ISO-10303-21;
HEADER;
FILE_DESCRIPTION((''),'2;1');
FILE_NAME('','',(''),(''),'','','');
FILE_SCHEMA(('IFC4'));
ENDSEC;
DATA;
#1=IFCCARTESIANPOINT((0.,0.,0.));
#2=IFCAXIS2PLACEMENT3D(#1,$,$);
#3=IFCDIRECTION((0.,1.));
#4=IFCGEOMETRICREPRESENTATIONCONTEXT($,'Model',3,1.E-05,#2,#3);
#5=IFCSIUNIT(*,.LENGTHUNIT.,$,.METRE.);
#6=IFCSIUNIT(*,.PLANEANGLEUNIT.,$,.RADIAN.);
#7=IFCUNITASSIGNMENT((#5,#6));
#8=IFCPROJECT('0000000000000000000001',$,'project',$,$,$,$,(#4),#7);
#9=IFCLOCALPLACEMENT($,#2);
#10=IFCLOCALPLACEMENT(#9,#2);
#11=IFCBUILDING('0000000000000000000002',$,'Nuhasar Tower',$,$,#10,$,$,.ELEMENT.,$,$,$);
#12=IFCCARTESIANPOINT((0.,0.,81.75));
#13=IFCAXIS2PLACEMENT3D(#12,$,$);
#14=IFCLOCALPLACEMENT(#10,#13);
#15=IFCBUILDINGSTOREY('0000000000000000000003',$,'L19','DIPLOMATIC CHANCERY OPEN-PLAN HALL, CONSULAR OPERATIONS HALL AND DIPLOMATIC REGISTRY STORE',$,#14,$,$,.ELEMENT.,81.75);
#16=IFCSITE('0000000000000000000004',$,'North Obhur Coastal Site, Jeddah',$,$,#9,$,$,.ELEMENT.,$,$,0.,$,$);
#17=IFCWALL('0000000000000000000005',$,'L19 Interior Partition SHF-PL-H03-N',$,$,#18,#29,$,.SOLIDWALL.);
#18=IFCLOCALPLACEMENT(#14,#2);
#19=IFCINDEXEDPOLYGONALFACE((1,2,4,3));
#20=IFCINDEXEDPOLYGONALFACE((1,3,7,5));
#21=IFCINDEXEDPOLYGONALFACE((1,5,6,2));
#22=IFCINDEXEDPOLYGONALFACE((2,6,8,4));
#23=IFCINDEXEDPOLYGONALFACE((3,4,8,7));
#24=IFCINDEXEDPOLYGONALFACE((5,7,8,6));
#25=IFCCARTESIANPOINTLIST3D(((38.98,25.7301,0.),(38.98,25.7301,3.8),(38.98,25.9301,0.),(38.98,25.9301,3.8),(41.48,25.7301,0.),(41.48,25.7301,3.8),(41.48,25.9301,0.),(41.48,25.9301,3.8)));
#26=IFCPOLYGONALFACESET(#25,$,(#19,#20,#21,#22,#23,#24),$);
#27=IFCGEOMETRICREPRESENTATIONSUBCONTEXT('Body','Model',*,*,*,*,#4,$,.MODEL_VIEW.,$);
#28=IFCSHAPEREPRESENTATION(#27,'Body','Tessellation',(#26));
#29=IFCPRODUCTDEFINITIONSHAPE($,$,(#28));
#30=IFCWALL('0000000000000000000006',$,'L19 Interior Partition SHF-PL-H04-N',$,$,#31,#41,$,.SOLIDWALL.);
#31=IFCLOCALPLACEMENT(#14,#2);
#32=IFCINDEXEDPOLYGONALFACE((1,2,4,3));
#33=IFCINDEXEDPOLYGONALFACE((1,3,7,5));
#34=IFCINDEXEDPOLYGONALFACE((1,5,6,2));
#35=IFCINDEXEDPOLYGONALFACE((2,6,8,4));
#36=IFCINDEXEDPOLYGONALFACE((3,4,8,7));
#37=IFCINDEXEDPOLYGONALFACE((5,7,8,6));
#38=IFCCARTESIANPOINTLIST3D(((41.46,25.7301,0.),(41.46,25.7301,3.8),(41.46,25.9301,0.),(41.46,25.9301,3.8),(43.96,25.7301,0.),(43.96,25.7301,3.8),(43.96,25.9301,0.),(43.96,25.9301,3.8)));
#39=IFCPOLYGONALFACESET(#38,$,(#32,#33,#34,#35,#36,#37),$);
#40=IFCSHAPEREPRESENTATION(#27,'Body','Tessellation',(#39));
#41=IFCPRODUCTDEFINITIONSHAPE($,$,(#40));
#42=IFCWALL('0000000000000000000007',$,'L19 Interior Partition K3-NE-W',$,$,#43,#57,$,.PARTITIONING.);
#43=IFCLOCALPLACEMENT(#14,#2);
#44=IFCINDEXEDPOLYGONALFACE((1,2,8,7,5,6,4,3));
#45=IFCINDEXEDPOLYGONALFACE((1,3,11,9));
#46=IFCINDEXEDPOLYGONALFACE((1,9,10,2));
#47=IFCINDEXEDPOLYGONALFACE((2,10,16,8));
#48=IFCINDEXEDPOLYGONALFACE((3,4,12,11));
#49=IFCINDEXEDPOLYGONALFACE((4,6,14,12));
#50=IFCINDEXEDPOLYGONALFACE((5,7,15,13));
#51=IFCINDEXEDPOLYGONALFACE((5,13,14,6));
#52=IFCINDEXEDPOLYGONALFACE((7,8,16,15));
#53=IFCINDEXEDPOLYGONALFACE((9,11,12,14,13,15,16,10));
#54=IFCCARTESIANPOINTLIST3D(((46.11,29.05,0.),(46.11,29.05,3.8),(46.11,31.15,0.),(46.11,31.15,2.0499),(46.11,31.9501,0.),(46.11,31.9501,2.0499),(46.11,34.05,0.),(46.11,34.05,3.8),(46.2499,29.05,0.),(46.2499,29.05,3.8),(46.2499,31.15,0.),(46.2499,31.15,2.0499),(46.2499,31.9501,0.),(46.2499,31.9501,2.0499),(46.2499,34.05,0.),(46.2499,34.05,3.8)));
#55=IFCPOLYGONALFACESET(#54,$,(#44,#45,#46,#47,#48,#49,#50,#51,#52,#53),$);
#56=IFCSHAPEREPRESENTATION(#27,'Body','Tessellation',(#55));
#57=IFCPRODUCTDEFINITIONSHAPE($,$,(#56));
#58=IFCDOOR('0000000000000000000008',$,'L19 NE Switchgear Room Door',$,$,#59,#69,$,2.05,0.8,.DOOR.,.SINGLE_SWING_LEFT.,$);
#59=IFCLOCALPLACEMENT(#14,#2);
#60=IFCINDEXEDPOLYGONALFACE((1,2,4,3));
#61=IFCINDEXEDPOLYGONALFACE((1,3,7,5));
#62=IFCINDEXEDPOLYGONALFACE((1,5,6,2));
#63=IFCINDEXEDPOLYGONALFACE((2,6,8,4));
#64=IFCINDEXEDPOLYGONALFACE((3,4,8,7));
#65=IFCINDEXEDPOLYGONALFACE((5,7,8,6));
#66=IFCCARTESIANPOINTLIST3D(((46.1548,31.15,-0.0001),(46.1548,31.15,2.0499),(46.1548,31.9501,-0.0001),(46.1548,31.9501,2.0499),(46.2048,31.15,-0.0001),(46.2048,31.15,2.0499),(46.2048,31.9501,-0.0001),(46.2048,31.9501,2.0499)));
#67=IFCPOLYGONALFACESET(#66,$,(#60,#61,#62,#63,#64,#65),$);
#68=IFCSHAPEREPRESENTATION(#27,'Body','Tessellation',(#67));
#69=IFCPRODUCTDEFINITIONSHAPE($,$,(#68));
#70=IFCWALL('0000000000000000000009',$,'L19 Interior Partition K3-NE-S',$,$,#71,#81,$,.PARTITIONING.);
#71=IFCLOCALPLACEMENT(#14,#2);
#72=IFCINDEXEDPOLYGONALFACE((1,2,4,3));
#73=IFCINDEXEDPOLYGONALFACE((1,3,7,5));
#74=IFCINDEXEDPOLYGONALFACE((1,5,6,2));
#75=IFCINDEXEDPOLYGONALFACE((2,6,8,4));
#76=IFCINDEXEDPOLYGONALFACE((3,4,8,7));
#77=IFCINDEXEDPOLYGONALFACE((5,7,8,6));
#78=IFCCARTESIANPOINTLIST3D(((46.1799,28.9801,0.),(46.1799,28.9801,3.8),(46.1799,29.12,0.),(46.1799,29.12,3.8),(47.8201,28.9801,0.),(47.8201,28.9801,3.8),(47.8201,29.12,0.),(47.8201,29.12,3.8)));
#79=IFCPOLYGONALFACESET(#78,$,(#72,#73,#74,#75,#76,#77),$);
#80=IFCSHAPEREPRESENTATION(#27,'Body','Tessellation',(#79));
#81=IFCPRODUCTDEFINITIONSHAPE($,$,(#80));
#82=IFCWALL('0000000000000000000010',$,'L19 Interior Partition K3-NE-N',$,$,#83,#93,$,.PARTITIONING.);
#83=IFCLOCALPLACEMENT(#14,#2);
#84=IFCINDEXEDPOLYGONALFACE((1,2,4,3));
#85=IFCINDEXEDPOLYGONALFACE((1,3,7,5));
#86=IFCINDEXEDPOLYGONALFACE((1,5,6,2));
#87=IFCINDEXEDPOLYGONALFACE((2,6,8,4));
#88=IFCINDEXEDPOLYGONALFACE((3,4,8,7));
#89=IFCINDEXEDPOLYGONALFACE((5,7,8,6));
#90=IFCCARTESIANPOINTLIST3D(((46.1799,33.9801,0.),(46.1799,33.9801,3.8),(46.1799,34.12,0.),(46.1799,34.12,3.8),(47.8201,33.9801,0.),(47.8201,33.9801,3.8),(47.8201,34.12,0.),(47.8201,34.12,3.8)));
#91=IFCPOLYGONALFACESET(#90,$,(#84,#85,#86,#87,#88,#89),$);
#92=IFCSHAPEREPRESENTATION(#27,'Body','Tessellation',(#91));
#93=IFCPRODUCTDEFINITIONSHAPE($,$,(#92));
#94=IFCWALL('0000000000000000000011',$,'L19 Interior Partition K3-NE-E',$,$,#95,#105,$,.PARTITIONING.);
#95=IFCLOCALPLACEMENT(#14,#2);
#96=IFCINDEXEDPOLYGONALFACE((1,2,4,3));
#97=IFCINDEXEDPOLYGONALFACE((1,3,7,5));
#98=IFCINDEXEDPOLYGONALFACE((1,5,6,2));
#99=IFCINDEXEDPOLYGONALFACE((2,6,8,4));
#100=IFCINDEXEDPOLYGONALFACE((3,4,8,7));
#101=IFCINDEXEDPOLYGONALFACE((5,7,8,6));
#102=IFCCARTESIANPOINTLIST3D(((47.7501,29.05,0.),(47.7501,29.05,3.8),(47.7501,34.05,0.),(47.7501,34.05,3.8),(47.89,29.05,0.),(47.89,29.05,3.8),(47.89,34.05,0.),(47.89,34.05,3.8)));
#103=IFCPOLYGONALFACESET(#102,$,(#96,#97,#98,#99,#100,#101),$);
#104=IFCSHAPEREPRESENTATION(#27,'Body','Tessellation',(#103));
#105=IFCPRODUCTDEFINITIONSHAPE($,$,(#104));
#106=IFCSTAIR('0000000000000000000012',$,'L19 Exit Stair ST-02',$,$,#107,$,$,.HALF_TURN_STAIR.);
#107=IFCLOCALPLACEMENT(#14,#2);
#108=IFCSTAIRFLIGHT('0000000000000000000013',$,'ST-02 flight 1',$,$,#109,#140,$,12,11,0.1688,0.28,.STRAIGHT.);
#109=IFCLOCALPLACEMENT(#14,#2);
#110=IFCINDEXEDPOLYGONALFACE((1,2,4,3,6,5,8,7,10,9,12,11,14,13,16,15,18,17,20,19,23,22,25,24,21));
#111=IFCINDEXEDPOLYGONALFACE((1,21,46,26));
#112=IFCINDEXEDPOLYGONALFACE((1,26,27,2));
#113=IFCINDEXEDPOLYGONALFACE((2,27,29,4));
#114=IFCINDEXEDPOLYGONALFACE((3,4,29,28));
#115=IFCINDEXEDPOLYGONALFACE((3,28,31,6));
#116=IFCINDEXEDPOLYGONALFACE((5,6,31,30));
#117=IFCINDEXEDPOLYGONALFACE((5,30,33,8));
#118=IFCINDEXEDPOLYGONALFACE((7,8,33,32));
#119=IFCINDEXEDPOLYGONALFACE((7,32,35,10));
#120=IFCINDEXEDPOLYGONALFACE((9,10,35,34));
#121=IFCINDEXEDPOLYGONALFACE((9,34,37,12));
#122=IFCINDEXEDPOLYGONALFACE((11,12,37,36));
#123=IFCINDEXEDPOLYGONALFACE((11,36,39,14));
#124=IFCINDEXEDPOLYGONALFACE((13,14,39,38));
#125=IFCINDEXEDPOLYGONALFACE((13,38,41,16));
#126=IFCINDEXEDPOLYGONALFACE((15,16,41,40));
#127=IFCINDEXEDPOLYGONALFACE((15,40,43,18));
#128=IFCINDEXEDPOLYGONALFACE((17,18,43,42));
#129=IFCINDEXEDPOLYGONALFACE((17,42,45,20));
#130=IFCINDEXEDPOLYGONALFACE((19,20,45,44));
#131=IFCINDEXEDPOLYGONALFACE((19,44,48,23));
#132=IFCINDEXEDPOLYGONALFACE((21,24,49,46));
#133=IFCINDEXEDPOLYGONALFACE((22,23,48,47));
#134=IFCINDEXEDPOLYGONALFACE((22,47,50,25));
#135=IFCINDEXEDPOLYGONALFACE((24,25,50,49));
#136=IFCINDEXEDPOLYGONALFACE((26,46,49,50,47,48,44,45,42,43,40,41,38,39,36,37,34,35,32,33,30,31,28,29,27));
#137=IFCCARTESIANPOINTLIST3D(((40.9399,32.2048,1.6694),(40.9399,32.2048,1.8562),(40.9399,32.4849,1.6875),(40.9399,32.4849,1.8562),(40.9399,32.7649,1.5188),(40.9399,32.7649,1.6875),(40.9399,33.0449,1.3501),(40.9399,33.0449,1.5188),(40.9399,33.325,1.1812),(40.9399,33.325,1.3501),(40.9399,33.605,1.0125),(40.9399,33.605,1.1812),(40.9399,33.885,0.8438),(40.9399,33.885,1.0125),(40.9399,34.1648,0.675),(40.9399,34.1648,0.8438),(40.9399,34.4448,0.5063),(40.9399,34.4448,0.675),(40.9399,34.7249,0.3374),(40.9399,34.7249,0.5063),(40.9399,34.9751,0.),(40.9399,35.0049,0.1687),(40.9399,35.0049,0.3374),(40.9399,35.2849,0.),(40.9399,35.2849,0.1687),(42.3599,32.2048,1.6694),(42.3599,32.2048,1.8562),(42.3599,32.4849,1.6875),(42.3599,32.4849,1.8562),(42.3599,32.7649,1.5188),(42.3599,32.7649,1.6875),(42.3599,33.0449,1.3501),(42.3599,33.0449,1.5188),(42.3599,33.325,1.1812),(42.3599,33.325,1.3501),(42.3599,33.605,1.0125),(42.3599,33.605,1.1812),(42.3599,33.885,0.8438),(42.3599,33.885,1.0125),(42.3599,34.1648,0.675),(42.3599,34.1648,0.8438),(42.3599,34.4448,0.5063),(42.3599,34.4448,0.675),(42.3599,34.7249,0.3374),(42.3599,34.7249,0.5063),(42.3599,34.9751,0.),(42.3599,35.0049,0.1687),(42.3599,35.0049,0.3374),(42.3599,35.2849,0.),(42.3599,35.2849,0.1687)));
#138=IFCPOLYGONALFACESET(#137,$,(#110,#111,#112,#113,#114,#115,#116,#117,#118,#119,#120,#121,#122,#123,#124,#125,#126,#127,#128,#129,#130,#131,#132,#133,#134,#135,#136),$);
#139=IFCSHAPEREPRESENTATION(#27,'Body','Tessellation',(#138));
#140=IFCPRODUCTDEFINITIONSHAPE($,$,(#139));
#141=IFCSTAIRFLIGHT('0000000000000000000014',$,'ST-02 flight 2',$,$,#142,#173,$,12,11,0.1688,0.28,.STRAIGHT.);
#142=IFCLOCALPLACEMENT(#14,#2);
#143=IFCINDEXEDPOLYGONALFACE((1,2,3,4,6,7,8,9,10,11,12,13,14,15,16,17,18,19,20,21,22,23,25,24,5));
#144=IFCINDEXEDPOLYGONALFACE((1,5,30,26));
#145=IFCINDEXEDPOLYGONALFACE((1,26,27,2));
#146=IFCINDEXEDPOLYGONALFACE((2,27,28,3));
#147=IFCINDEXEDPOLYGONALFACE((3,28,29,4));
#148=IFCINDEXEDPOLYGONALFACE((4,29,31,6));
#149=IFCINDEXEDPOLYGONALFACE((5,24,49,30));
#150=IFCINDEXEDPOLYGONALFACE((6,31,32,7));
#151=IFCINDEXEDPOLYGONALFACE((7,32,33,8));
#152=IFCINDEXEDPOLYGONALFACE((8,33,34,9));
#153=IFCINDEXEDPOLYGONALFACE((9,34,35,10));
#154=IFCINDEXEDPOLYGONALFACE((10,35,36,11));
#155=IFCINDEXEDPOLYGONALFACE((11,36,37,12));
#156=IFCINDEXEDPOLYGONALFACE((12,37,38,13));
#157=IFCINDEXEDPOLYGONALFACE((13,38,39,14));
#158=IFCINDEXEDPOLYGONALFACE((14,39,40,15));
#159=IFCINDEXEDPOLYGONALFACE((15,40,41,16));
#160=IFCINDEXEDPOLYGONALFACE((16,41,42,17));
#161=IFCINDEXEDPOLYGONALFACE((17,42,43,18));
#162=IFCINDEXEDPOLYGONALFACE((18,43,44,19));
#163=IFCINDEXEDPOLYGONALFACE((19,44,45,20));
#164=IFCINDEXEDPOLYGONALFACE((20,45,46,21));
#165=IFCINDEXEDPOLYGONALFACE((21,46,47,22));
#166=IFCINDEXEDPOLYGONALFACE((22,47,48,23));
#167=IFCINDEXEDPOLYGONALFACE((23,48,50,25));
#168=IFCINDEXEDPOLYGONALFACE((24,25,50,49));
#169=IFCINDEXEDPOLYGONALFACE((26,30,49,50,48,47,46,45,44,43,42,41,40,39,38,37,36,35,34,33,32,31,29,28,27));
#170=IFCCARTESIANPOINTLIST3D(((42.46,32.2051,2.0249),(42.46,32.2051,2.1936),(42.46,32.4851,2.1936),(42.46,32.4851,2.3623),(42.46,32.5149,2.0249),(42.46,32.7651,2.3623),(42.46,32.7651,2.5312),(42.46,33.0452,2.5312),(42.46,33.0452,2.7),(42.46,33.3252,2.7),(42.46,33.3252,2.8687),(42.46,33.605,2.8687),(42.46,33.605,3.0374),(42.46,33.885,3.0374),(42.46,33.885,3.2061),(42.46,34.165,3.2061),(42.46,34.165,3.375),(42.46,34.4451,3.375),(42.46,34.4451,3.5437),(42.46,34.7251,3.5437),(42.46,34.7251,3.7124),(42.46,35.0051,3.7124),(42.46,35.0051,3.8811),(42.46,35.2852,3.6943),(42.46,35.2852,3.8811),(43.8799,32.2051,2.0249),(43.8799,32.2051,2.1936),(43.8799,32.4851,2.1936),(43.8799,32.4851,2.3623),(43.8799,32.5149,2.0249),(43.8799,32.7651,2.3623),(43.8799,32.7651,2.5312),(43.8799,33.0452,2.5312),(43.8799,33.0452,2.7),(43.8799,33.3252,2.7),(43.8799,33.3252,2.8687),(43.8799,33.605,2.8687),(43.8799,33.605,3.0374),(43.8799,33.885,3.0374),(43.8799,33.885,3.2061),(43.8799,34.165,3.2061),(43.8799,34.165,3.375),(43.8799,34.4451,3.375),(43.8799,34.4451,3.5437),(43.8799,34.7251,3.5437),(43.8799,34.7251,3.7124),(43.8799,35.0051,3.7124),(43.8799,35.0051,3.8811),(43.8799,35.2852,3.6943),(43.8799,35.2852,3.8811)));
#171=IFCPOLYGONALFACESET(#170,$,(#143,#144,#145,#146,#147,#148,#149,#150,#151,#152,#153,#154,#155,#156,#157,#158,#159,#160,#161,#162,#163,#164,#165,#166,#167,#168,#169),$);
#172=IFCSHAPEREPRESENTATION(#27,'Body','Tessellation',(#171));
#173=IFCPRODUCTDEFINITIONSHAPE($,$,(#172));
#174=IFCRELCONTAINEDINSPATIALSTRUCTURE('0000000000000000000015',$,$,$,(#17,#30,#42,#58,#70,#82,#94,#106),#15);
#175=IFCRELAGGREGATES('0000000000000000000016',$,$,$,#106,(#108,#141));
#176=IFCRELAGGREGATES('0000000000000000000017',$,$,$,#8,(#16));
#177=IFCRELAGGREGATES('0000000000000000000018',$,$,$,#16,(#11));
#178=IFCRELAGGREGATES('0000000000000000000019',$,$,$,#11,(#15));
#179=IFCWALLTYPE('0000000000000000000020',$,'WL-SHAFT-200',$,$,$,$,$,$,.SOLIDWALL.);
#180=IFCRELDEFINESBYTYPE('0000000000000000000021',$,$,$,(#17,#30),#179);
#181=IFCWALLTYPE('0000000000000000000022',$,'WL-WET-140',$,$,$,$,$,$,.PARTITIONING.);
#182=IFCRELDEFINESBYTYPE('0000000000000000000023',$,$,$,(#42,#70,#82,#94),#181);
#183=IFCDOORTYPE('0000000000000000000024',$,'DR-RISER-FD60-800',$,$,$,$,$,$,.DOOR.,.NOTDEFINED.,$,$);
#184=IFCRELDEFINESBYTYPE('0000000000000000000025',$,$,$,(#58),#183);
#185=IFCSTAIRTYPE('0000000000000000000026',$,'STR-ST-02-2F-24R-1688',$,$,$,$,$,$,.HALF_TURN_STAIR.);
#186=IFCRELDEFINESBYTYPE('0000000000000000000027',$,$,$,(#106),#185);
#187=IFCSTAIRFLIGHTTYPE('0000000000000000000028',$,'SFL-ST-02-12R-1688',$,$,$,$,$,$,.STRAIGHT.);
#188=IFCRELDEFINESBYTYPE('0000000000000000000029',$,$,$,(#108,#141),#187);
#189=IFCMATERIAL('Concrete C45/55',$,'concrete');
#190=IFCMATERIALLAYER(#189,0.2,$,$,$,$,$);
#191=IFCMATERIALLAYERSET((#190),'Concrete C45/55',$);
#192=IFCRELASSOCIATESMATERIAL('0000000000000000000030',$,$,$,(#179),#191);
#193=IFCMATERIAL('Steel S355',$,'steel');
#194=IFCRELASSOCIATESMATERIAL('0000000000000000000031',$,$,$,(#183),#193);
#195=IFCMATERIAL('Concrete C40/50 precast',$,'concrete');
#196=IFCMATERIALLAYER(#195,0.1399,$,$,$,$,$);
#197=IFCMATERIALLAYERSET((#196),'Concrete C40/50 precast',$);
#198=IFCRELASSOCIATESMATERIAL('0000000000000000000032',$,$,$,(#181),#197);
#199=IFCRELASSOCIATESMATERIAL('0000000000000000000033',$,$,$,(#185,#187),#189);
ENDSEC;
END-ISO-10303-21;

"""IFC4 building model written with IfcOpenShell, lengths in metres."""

from ifc_helpers import new_model, si_unit, direction, frame, frame_2d, origin, place, context, subcontext, project, spatial, polyline, rectangle, outline, extrude, material, layer, layer_set, type_object, element, fill, aggregate, save


model = new_model("IFC4")

# Units and contexts
model_context = context("Model", 3, precision=1e-05, world=origin(), true_north=direction((0.0, 1.0)))
body_context = subcontext(model_context, "Body", "Model", "MODEL_VIEW")
ifc_project = project(units=[si_unit("LENGTHUNIT", "METRE"), si_unit("PLANEANGLEUNIT", "RADIAN")], contexts=[model_context])

# Site, building, storey
site_placement = place(None, origin())
site = spatial("IfcSite", under=ifc_project, at=site_placement, Name="North Obhur Coastal Site, Jeddah", CompositionType="ELEMENT", RefElevation=0.0)
building_placement = place(site_placement, origin())
building = spatial("IfcBuilding", under=site, at=building_placement, Name="Nuhasar Tower", CompositionType="ELEMENT")
storey_placement = place(building_placement, frame((0.0, 0.0, 81.75)))
storey = spatial("IfcBuildingStorey", under=building, at=storey_placement, Name="L19", Description="DIPLOMATIC CHANCERY OPEN-PLAN HALL, CONSULAR OPERATIONS HALL AND DIPLOMATIC REGISTRY STORE", CompositionType="ELEMENT", Elevation=81.75)

# Shared definitions
ifc_material_1 = material(Name="Concrete C45/55", Category="concrete")
ifc_layer_1 = layer(ifc_material_1, 0.2)
ifc_layer_set_1 = layer_set([ifc_layer_1], Name="Concrete C45/55")
wall_type_1 = type_object("IfcWallType", Name="WL-SHAFT-200", PredefinedType="SOLIDWALL", material=ifc_layer_set_1)

# Shared definitions
ifc_material_2 = material(Name="Steel S355", Category="steel")
door_type = type_object("IfcDoorType", Name="DR-RISER-FD60-800", OperationType="NOTDEFINED", PredefinedType="DOOR", material=ifc_material_2)

# Walls
for number, where, z_axis, x_axis, name in (
    (1, (38.98, 25.8301, 0.0), (0.0, 0.0, 1.0), (1.0, 0.0, 0.0), "L19 Interior Partition SHF-PL-H03-N"),
    (2, (41.46, 25.8301, 0.0), (0.0, 0.0, 1.0), (1.0, 0.0, 0.0), "L19 Interior Partition SHF-PL-H04-N"),
):
    element("IfcWall", number, at=place(storey_placement, frame(where, z_axis=z_axis, x_axis=x_axis)), inside=storey, type_object=wall_type_1, Name=name, PredefinedType="SOLIDWALL", context=body_context, shape_type="SweptSolid", body=[
        extrude(rectangle(XDim=2.5, YDim=0.2, at=frame_2d((1.25, 0.0))), origin(), (0.0, 0.0, 1.0), 3.8),
    ])

# Wall, opening, door
ifc_material_3 = material(Name="Concrete C40/50 precast", Category="concrete")
ifc_layer_2 = layer(ifc_material_3, 0.1399)
ifc_layer_set_2 = layer_set([ifc_layer_2], Name="Concrete C40/50 precast")
wall_type_2 = type_object("IfcWallType", Name="WL-WET-140", PredefinedType="PARTITIONING", material=ifc_layer_set_2)
wall_1_placement = place(storey_placement, frame((46.1799, 34.05, 0.0), z_axis=(0.0, 0.0, 1.0), x_axis=(0.0, -1.0, 0.0)))
wall_1 = element("IfcWall", 3, at=wall_1_placement, inside=storey, type_object=wall_type_2, Name="L19 Interior Partition K3-NE-W", PredefinedType="PARTITIONING", context=body_context, shape_type="SweptSolid", body=[
    extrude(rectangle(XDim=5.0, YDim=0.1399, at=frame_2d((2.5, 0.0))), origin(), (0.0, 0.0, 1.0), 3.8),
])
opening_1_placement = place(wall_1_placement, frame((2.1001, 0.0, 0.0)))
opening_1 = element("IfcOpeningElement", 4, at=opening_1_placement, cuts=wall_1, PredefinedType="OPENING", context=body_context, shape_type="SweptSolid", body=[
    extrude(rectangle(XDim=0.8, YDim=2.05, at=frame_2d((0.3999, 1.0249))), frame((0.0, 0.0801, 0.0), z_axis=(0.0, -1.0, 0.0), x_axis=(1.0, 0.0, 0.0)), (0.0, 0.0, 1.0), 0.1599),
])
door_1_placement = place(opening_1_placement, origin())
door_1 = element("IfcDoor", 5, at=door_1_placement, inside=storey, type_object=door_type, Name="L19 NE Switchgear Room Door", OperationType="SINGLE_SWING_LEFT", OverallHeight=2.05, OverallWidth=0.8, PredefinedType="DOOR", context=body_context, shape_type="SweptSolid", body=[
    extrude(rectangle(XDim=0.8, YDim=2.05, at=frame_2d((0.3999, 1.0249))), frame((0.0, 0.0249, 0.0), z_axis=(0.0, -1.0, 0.0), x_axis=(1.0, 0.0, 0.0)), (0.0, 0.0, 1.0), 0.05),
])
fill(opening_1, door_1)

# Walls
for number, where, z_axis, x_axis, name in (
    (6, (46.1799, 29.05, 0.0), (0.0, 0.0, 1.0), (1.0, 0.0, 0.0), "L19 Interior Partition K3-NE-S"),
    (7, (46.1799, 34.05, 0.0), (0.0, 0.0, 1.0), (1.0, 0.0, 0.0), "L19 Interior Partition K3-NE-N"),
):
    element("IfcWall", number, at=place(storey_placement, frame(where, z_axis=z_axis, x_axis=x_axis)), inside=storey, type_object=wall_type_2, Name=name, PredefinedType="PARTITIONING", context=body_context, shape_type="SweptSolid", body=[
        extrude(rectangle(XDim=1.6401, YDim=0.1399, at=frame_2d((0.8201, 0.0))), origin(), (0.0, 0.0, 1.0), 3.8),
    ])
wall_2_placement = place(storey_placement, frame((47.8201, 29.05, 0.0), z_axis=(0.0, 0.0, 1.0), x_axis=(0.0, 1.0, 0.0)))
element("IfcWall", 8, at=wall_2_placement, inside=storey, type_object=wall_type_2, Name="L19 Interior Partition K3-NE-E", PredefinedType="PARTITIONING", context=body_context, shape_type="SweptSolid", body=[
    extrude(rectangle(XDim=5.0, YDim=0.1399, at=frame_2d((2.5, 0.0))), origin(), (0.0, 0.0, 1.0), 3.8),
])

# Stair, stair flights
stair_type_1 = type_object("IfcStairType", Name="STR-ST-02-2F-24R-1688", PredefinedType="HALF_TURN_STAIR", material=ifc_material_1)
stair_1_placement = place(storey_placement, origin())
stair_1 = element("IfcStair", 9, at=stair_1_placement, inside=storey, type_object=stair_type_1, Name="L19 Exit Stair ST-02", PredefinedType="HALF_TURN_STAIR")
stair_flight_type_1 = type_object("IfcStairFlightType", Name="SFL-ST-02-12R-1688", PredefinedType="STRAIGHT", material=ifc_material_1)
stair_flight_1_placement = place(storey_placement, frame((41.6499, 35.2849, 0.0), z_axis=(0.0, 0.0, 1.0), x_axis=(0.0, -1.0, 0.0)))
stair_flight_1 = element("IfcStairFlight", 10, at=stair_flight_1_placement, type_object=stair_flight_type_1, Name="ST-02 flight 1", NumberOfRisers=12, NumberOfTreads=11, PredefinedType="STRAIGHT", RiserHeight=0.1688, TreadLength=0.28, context=body_context, shape_type="SweptSolid", body=[
    extrude(outline(polyline([(0.0, 0.0), (0.0, 0.1687), (0.28, 0.1687), (0.28, 0.3374), (0.5601, 0.3374), (0.5601, 0.5063), (0.8401, 0.5063), (0.8401, 0.675), (1.1201, 0.675), (1.1201, 0.8438), (1.3999, 0.8438), (1.3999, 1.0125), (1.6799, 1.0125), (1.6799, 1.1812), (1.96, 1.1812), (1.96, 1.3501), (2.24, 1.3501), (2.24, 1.5188), (2.52, 1.5188), (2.52, 1.6875), (2.8, 1.6875), (2.8, 1.8562), (3.0801, 1.8562), (3.0801, 2.0249), (3.0801, 1.6694), (0.3098, 0.0), (0.0, 0.0)])), frame((0.0, 0.71, 0.0), z_axis=(0.0, -1.0, 0.0), x_axis=(1.0, 0.0, 0.0)), (0.0, 0.0, 1.0), 1.4199),
])
stair_flight_2_placement = place(storey_placement, frame((43.1699, 32.2051, 2.0249), z_axis=(0.0, 0.0, 1.0), x_axis=(0.0, 1.0, 0.0)))
stair_flight_2 = element("IfcStairFlight", 11, at=stair_flight_2_placement, type_object=stair_flight_type_1, Name="ST-02 flight 2", NumberOfRisers=12, NumberOfTreads=11, PredefinedType="STRAIGHT", RiserHeight=0.1688, TreadLength=0.28, context=body_context, shape_type="SweptSolid", body=[
    extrude(outline(polyline([(0.0, 0.0), (0.0, 0.1687), (0.28, 0.1687), (0.28, 0.3374), (0.5601, 0.3374), (0.5601, 0.5063), (0.8401, 0.5063), (0.8401, 0.675), (1.1201, 0.675), (1.1201, 0.8438), (1.3999, 0.8438), (1.3999, 1.0125), (1.6799, 1.0125), (1.6799, 1.1812), (1.96, 1.1812), (1.96, 1.3501), (2.24, 1.3501), (2.24, 1.5188), (2.52, 1.5188), (2.52, 1.6875), (2.8, 1.6875), (2.8, 1.8562), (3.0801, 1.8562), (3.0801, 2.0249), (3.0801, 1.6694), (0.3098, 0.0), (0.0, 0.0)])), frame((0.0, 0.71, 0.0), z_axis=(0.0, -1.0, 0.0), x_axis=(1.0, 0.0, 0.0)), (0.0, 0.0, 1.0), 1.4199),
])
aggregate(stair_1, [stair_flight_1, stair_flight_2])

save(model, "model.ifc")
